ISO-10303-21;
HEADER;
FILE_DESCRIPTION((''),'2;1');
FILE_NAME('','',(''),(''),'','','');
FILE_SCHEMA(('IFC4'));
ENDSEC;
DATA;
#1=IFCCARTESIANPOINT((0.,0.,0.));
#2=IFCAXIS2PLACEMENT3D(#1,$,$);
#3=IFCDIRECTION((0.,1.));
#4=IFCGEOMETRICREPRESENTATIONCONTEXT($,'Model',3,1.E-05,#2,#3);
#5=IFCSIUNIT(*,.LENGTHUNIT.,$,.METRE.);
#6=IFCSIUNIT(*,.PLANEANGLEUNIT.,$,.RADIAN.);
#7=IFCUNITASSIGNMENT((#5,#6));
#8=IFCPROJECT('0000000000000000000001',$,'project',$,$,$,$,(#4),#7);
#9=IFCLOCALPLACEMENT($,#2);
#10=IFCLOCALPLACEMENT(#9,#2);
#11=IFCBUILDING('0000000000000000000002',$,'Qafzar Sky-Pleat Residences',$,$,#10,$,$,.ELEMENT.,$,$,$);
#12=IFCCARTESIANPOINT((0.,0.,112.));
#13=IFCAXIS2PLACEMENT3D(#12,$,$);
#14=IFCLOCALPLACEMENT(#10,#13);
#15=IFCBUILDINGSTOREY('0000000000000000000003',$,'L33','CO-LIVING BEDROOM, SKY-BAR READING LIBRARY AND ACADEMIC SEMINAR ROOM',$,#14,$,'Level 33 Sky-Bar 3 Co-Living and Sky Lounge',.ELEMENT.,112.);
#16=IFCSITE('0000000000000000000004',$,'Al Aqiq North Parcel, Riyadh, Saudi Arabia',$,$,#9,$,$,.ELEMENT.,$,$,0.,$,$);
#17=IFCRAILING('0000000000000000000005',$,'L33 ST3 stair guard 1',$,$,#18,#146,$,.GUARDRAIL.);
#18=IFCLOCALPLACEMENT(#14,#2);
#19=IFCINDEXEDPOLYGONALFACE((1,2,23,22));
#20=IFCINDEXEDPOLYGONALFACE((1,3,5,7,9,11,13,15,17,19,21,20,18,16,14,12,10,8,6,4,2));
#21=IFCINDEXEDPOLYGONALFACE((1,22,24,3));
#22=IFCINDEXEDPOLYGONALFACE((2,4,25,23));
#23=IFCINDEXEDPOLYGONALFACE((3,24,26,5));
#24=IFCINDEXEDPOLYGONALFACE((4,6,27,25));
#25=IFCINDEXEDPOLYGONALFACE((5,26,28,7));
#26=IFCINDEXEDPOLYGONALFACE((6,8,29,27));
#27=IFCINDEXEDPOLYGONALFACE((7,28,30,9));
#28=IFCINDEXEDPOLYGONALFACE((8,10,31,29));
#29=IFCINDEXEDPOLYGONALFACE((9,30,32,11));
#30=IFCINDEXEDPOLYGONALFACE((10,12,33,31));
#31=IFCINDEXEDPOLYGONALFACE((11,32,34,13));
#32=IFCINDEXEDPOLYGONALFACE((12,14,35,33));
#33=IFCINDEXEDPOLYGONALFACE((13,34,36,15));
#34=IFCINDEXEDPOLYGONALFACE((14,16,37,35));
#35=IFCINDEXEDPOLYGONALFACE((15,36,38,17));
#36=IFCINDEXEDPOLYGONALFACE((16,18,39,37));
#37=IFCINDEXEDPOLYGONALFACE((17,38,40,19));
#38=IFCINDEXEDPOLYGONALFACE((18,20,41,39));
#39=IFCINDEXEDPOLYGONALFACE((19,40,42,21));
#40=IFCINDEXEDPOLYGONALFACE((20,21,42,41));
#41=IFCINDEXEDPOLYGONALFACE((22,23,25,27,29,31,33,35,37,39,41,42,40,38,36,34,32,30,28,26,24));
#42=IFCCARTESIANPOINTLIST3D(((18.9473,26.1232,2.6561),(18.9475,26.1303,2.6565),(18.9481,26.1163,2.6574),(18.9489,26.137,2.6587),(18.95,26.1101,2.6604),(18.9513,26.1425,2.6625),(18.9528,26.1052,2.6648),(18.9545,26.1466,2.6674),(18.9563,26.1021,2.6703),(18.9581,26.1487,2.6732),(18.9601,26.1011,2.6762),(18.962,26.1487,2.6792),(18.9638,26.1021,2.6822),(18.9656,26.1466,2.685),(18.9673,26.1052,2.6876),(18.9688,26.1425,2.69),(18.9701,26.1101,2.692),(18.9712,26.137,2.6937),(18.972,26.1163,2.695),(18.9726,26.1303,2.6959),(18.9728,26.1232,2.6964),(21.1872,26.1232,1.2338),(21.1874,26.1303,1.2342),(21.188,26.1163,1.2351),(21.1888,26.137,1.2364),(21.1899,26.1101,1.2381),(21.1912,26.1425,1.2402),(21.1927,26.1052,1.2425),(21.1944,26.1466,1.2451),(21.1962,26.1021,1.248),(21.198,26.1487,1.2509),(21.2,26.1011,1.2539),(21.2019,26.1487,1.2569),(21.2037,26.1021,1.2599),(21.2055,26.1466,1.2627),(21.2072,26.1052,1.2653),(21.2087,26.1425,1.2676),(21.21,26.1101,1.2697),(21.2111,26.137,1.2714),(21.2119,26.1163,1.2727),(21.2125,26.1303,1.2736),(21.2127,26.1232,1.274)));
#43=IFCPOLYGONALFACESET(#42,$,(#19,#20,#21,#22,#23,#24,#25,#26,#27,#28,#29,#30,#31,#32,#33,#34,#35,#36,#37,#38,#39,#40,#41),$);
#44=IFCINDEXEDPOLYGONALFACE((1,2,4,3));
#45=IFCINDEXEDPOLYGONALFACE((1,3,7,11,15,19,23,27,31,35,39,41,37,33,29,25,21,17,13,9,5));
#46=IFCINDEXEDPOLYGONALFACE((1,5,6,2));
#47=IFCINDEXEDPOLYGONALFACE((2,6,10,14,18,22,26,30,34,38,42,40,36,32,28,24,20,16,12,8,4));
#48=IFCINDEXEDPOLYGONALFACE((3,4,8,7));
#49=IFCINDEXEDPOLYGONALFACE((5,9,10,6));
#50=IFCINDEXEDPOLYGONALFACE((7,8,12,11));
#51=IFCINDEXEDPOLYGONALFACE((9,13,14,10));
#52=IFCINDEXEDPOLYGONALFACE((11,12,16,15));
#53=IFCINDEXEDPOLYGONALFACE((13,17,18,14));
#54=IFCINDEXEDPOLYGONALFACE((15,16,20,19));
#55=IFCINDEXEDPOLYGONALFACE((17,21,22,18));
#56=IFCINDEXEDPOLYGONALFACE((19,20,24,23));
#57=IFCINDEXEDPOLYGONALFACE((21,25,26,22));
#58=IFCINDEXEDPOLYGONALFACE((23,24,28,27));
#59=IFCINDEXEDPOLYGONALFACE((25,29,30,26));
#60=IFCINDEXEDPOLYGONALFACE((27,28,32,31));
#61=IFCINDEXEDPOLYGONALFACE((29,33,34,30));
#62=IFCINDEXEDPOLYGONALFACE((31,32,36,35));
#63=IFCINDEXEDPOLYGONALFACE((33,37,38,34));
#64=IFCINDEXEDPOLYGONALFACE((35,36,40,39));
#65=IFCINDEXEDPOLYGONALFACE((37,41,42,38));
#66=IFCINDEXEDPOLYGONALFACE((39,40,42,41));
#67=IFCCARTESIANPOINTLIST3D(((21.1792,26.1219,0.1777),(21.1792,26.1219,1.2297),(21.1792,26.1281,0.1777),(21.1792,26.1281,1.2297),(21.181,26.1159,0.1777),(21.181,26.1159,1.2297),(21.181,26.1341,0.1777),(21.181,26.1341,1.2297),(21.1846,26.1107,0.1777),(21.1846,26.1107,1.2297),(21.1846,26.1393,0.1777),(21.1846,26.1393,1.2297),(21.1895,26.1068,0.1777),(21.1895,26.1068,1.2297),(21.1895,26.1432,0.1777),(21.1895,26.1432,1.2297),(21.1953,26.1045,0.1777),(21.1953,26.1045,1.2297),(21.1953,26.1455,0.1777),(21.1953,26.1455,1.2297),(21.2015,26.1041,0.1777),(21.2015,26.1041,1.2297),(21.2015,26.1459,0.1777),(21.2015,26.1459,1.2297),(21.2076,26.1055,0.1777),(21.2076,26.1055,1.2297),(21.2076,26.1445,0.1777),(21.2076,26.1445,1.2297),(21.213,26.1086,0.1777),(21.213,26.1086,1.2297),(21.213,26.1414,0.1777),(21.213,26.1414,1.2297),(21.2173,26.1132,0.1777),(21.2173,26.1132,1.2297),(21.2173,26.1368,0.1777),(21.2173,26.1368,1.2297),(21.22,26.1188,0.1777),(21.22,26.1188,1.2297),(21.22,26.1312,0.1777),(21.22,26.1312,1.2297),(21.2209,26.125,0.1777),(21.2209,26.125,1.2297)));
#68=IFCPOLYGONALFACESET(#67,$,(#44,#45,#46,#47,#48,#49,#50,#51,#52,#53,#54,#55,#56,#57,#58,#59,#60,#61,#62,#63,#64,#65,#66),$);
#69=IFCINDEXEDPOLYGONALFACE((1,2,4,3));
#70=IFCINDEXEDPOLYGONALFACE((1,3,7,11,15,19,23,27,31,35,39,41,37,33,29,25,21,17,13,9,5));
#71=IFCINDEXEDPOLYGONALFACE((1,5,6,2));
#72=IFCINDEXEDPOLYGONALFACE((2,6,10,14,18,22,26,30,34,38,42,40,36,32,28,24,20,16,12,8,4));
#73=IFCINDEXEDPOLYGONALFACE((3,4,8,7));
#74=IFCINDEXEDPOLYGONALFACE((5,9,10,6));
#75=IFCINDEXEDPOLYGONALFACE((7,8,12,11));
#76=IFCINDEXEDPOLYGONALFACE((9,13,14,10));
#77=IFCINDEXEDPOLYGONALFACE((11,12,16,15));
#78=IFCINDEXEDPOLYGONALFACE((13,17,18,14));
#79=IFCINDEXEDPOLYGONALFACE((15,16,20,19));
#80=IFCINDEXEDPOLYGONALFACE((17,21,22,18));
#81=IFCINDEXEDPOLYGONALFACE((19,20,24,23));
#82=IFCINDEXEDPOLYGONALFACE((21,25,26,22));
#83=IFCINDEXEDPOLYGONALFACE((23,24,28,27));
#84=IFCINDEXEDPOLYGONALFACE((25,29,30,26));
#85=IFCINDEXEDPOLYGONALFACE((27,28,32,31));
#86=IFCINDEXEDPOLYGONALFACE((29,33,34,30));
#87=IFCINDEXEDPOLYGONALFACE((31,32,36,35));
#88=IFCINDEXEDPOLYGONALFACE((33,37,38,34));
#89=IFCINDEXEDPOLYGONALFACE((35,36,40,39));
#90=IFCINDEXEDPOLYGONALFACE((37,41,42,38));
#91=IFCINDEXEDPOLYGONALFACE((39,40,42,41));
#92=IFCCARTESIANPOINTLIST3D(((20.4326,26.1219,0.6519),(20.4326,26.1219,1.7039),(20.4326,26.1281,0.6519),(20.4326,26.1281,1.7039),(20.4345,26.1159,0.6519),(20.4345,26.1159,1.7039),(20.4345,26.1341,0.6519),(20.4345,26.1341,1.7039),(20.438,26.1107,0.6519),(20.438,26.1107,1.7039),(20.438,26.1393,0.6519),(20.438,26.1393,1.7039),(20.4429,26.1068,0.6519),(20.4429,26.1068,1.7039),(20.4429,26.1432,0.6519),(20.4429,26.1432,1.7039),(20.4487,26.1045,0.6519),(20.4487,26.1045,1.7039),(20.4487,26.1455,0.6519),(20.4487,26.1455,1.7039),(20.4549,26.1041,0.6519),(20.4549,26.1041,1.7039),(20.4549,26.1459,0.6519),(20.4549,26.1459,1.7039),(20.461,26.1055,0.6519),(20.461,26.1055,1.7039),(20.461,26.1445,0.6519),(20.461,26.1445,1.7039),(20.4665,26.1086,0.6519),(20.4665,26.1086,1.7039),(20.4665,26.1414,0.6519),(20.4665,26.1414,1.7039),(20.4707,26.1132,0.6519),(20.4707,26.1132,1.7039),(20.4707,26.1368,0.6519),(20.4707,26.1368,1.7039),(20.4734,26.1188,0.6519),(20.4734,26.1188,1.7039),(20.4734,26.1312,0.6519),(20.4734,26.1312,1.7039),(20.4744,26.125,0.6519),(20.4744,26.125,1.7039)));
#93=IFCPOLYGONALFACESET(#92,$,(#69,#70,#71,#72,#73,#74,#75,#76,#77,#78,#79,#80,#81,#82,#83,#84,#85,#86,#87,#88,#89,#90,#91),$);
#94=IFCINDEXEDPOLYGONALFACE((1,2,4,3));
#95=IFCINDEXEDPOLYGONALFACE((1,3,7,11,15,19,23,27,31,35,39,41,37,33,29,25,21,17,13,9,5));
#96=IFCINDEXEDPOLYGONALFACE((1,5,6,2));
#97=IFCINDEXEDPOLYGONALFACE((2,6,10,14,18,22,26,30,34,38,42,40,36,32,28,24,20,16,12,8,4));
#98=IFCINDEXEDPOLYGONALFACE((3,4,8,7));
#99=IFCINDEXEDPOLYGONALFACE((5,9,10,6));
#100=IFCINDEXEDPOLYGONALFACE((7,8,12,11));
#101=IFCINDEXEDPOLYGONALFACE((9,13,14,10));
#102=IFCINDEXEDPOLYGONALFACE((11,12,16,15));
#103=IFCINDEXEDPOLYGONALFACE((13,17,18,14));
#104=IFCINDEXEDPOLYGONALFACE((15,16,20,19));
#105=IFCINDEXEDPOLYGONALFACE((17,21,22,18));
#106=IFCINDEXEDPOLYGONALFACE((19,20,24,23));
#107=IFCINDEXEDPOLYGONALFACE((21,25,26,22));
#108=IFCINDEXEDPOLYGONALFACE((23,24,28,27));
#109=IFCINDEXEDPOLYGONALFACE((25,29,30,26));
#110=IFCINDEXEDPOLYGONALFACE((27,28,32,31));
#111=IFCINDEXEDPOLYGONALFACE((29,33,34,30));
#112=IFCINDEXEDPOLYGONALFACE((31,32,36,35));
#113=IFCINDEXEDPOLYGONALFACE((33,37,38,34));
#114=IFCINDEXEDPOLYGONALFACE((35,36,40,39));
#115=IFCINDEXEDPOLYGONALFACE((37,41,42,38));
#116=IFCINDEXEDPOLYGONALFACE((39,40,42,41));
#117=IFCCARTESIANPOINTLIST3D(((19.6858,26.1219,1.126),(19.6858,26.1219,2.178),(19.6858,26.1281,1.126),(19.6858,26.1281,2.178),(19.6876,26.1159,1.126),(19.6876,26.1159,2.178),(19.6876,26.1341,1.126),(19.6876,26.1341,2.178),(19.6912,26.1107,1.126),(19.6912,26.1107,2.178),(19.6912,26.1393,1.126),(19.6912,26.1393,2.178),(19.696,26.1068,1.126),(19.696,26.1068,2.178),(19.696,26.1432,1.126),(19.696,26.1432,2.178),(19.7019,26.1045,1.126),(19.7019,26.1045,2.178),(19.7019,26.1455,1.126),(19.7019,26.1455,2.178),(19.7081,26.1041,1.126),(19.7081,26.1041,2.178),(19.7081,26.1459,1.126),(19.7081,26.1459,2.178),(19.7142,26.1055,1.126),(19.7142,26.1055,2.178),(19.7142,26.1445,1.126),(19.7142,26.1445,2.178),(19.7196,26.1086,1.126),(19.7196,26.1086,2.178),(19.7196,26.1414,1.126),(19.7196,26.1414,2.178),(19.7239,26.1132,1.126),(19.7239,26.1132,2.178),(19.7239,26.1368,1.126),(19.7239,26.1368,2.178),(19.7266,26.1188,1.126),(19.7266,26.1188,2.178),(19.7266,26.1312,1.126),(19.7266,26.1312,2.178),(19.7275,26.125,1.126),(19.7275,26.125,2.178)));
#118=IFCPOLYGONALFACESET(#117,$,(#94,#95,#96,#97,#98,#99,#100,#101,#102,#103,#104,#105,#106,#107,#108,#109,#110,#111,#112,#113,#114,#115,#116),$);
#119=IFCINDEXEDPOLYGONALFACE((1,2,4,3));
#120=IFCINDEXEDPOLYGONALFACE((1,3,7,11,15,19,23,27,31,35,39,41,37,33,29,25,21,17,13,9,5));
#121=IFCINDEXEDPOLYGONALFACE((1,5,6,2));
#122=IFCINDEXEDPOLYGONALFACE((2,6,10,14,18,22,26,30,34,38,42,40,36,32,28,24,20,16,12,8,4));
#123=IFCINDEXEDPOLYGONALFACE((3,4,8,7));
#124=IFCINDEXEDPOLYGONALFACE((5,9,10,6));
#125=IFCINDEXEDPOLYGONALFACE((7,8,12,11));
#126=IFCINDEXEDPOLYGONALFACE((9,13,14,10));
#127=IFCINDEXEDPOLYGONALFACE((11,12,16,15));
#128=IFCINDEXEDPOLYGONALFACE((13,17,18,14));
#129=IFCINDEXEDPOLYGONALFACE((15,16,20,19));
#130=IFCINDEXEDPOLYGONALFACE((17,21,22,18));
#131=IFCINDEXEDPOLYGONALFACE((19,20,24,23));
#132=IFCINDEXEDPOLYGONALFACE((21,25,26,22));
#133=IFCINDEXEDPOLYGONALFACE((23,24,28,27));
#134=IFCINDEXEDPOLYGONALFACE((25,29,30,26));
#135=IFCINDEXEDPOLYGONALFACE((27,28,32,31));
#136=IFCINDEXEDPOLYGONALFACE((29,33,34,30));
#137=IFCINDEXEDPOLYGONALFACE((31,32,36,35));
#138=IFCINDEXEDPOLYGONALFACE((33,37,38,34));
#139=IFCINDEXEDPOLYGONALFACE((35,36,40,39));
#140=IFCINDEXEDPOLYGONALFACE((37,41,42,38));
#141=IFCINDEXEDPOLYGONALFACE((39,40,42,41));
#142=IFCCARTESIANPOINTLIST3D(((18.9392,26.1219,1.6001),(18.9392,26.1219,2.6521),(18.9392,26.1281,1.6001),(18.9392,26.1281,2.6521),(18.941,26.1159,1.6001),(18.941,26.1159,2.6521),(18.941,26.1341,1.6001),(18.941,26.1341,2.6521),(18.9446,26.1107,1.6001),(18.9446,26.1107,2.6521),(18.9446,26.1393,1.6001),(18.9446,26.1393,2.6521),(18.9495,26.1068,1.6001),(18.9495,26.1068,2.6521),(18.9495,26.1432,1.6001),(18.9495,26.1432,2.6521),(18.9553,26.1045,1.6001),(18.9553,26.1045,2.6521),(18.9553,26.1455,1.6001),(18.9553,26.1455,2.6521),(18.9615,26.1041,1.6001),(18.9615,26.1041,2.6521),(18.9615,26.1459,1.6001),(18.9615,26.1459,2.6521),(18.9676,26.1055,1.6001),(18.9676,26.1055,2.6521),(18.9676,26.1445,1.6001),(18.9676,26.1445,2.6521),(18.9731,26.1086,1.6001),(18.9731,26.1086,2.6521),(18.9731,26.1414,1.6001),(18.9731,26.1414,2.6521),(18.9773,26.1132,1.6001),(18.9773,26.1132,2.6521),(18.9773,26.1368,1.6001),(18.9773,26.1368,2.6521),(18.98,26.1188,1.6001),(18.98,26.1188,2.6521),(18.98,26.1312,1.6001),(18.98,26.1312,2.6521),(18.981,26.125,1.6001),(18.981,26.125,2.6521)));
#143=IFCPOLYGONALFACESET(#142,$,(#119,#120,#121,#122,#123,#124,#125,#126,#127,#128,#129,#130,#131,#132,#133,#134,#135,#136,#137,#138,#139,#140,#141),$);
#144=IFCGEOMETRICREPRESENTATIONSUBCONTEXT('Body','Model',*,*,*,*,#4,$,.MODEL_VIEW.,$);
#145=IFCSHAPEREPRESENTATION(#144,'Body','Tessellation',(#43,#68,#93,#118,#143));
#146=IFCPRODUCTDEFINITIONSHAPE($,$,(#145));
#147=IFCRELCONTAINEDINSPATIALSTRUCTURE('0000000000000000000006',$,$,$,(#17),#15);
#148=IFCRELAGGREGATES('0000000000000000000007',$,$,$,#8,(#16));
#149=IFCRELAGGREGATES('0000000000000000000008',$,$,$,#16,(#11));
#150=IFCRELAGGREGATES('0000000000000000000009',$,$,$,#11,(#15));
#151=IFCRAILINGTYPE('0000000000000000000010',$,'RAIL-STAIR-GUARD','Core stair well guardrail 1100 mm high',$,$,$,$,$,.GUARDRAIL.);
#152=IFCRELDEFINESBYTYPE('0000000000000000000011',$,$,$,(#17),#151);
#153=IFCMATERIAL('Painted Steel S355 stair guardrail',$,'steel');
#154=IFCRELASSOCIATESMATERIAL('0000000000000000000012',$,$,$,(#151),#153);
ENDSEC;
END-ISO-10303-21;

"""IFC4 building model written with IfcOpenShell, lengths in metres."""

from ifc_helpers import new_model, si_unit, direction, frame, origin, origin_2d, place, context, subcontext, project, spatial, circle, extrude, source, transform, mapped, material, type_object, element, save


model = new_model("IFC4")

# Units and contexts
model_context = context("Model", 3, precision=1e-05, world=origin(), true_north=direction((0.0, 1.0)))
body_context = subcontext(model_context, "Body", "Model", "MODEL_VIEW")
ifc_project = project(units=[si_unit("LENGTHUNIT", "METRE"), si_unit("PLANEANGLEUNIT", "RADIAN")], contexts=[model_context])

# Site, building, storey
site_placement = place(None, origin())
site = spatial("IfcSite", under=ifc_project, at=site_placement, Name="Al Aqiq North Parcel, Riyadh, Saudi Arabia", CompositionType="ELEMENT", RefElevation=0.0)
building_placement = place(site_placement, origin())
building = spatial("IfcBuilding", under=site, at=building_placement, Name="Qafzar Sky-Pleat Residences", CompositionType="ELEMENT")
storey_placement = place(building_placement, frame((0.0, 0.0, 112.0)))
storey = spatial("IfcBuildingStorey", under=building, at=storey_placement, Name="L33", Description="CO-LIVING BEDROOM, SKY-BAR READING LIBRARY AND ACADEMIC SEMINAR ROOM", LongName="Level 33 Sky-Bar 3 Co-Living and Sky Lounge", CompositionType="ELEMENT", Elevation=112.0)

# Railing
ifc_material_1 = material(Name="Painted Steel S355 stair guardrail", Category="steel")
railing_type_1 = type_object("IfcRailingType", Name="RAIL-STAIR-GUARD", Description="Core stair well guardrail 1100 mm high", PredefinedType="GUARDRAIL", material=ifc_material_1)
shared_shape_1 = source(origin(), body_context, "Body", "SweptSolid", [
    extrude(circle(Radius=0.0239, at=origin_2d()), frame((0.0, 0.0, 1.0762), z_axis=(-0.844188, 0.0, 0.536048), x_axis=(0.0, -1.0, 0.0)), (0.0, 0.0, 1.0), 2.6533),
    extrude(circle(Radius=0.021, at=origin_2d()), origin(), (0.0, 0.0, 1.0), 1.052),
    extrude(circle(Radius=0.021, at=origin_2d()), frame((-0.7466, 0.0, 0.4741)), (0.0, 0.0, 1.0), 1.052),
    extrude(circle(Radius=0.021, at=origin_2d()), frame((-1.4934, 0.0, 0.9482)), (0.0, 0.0, 1.0), 1.052),
    extrude(circle(Radius=0.021, at=origin_2d()), frame((-2.24, 0.0, 1.4224)), (0.0, 0.0, 1.0), 1.052),
])
railing_1_placement = place(storey_placement, frame((21.2, 26.125, 0.1777)))
element("IfcRailing", 1, at=railing_1_placement, inside=storey, type_object=railing_type_1, Name="L33 ST3 stair guard 1", PredefinedType="GUARDRAIL", context=body_context, shape_type="MappedRepresentation", body=[
    mapped(shared_shape_1, transform((0.0, 0.0, 0.0), x_axis=(1.0, 0.0, 0.0), y_axis=(0.0, 1.0, 0.0), z_axis=(0.0, 0.0, 1.0), scale=1.0)),
])

save(model, "model.ifc")
